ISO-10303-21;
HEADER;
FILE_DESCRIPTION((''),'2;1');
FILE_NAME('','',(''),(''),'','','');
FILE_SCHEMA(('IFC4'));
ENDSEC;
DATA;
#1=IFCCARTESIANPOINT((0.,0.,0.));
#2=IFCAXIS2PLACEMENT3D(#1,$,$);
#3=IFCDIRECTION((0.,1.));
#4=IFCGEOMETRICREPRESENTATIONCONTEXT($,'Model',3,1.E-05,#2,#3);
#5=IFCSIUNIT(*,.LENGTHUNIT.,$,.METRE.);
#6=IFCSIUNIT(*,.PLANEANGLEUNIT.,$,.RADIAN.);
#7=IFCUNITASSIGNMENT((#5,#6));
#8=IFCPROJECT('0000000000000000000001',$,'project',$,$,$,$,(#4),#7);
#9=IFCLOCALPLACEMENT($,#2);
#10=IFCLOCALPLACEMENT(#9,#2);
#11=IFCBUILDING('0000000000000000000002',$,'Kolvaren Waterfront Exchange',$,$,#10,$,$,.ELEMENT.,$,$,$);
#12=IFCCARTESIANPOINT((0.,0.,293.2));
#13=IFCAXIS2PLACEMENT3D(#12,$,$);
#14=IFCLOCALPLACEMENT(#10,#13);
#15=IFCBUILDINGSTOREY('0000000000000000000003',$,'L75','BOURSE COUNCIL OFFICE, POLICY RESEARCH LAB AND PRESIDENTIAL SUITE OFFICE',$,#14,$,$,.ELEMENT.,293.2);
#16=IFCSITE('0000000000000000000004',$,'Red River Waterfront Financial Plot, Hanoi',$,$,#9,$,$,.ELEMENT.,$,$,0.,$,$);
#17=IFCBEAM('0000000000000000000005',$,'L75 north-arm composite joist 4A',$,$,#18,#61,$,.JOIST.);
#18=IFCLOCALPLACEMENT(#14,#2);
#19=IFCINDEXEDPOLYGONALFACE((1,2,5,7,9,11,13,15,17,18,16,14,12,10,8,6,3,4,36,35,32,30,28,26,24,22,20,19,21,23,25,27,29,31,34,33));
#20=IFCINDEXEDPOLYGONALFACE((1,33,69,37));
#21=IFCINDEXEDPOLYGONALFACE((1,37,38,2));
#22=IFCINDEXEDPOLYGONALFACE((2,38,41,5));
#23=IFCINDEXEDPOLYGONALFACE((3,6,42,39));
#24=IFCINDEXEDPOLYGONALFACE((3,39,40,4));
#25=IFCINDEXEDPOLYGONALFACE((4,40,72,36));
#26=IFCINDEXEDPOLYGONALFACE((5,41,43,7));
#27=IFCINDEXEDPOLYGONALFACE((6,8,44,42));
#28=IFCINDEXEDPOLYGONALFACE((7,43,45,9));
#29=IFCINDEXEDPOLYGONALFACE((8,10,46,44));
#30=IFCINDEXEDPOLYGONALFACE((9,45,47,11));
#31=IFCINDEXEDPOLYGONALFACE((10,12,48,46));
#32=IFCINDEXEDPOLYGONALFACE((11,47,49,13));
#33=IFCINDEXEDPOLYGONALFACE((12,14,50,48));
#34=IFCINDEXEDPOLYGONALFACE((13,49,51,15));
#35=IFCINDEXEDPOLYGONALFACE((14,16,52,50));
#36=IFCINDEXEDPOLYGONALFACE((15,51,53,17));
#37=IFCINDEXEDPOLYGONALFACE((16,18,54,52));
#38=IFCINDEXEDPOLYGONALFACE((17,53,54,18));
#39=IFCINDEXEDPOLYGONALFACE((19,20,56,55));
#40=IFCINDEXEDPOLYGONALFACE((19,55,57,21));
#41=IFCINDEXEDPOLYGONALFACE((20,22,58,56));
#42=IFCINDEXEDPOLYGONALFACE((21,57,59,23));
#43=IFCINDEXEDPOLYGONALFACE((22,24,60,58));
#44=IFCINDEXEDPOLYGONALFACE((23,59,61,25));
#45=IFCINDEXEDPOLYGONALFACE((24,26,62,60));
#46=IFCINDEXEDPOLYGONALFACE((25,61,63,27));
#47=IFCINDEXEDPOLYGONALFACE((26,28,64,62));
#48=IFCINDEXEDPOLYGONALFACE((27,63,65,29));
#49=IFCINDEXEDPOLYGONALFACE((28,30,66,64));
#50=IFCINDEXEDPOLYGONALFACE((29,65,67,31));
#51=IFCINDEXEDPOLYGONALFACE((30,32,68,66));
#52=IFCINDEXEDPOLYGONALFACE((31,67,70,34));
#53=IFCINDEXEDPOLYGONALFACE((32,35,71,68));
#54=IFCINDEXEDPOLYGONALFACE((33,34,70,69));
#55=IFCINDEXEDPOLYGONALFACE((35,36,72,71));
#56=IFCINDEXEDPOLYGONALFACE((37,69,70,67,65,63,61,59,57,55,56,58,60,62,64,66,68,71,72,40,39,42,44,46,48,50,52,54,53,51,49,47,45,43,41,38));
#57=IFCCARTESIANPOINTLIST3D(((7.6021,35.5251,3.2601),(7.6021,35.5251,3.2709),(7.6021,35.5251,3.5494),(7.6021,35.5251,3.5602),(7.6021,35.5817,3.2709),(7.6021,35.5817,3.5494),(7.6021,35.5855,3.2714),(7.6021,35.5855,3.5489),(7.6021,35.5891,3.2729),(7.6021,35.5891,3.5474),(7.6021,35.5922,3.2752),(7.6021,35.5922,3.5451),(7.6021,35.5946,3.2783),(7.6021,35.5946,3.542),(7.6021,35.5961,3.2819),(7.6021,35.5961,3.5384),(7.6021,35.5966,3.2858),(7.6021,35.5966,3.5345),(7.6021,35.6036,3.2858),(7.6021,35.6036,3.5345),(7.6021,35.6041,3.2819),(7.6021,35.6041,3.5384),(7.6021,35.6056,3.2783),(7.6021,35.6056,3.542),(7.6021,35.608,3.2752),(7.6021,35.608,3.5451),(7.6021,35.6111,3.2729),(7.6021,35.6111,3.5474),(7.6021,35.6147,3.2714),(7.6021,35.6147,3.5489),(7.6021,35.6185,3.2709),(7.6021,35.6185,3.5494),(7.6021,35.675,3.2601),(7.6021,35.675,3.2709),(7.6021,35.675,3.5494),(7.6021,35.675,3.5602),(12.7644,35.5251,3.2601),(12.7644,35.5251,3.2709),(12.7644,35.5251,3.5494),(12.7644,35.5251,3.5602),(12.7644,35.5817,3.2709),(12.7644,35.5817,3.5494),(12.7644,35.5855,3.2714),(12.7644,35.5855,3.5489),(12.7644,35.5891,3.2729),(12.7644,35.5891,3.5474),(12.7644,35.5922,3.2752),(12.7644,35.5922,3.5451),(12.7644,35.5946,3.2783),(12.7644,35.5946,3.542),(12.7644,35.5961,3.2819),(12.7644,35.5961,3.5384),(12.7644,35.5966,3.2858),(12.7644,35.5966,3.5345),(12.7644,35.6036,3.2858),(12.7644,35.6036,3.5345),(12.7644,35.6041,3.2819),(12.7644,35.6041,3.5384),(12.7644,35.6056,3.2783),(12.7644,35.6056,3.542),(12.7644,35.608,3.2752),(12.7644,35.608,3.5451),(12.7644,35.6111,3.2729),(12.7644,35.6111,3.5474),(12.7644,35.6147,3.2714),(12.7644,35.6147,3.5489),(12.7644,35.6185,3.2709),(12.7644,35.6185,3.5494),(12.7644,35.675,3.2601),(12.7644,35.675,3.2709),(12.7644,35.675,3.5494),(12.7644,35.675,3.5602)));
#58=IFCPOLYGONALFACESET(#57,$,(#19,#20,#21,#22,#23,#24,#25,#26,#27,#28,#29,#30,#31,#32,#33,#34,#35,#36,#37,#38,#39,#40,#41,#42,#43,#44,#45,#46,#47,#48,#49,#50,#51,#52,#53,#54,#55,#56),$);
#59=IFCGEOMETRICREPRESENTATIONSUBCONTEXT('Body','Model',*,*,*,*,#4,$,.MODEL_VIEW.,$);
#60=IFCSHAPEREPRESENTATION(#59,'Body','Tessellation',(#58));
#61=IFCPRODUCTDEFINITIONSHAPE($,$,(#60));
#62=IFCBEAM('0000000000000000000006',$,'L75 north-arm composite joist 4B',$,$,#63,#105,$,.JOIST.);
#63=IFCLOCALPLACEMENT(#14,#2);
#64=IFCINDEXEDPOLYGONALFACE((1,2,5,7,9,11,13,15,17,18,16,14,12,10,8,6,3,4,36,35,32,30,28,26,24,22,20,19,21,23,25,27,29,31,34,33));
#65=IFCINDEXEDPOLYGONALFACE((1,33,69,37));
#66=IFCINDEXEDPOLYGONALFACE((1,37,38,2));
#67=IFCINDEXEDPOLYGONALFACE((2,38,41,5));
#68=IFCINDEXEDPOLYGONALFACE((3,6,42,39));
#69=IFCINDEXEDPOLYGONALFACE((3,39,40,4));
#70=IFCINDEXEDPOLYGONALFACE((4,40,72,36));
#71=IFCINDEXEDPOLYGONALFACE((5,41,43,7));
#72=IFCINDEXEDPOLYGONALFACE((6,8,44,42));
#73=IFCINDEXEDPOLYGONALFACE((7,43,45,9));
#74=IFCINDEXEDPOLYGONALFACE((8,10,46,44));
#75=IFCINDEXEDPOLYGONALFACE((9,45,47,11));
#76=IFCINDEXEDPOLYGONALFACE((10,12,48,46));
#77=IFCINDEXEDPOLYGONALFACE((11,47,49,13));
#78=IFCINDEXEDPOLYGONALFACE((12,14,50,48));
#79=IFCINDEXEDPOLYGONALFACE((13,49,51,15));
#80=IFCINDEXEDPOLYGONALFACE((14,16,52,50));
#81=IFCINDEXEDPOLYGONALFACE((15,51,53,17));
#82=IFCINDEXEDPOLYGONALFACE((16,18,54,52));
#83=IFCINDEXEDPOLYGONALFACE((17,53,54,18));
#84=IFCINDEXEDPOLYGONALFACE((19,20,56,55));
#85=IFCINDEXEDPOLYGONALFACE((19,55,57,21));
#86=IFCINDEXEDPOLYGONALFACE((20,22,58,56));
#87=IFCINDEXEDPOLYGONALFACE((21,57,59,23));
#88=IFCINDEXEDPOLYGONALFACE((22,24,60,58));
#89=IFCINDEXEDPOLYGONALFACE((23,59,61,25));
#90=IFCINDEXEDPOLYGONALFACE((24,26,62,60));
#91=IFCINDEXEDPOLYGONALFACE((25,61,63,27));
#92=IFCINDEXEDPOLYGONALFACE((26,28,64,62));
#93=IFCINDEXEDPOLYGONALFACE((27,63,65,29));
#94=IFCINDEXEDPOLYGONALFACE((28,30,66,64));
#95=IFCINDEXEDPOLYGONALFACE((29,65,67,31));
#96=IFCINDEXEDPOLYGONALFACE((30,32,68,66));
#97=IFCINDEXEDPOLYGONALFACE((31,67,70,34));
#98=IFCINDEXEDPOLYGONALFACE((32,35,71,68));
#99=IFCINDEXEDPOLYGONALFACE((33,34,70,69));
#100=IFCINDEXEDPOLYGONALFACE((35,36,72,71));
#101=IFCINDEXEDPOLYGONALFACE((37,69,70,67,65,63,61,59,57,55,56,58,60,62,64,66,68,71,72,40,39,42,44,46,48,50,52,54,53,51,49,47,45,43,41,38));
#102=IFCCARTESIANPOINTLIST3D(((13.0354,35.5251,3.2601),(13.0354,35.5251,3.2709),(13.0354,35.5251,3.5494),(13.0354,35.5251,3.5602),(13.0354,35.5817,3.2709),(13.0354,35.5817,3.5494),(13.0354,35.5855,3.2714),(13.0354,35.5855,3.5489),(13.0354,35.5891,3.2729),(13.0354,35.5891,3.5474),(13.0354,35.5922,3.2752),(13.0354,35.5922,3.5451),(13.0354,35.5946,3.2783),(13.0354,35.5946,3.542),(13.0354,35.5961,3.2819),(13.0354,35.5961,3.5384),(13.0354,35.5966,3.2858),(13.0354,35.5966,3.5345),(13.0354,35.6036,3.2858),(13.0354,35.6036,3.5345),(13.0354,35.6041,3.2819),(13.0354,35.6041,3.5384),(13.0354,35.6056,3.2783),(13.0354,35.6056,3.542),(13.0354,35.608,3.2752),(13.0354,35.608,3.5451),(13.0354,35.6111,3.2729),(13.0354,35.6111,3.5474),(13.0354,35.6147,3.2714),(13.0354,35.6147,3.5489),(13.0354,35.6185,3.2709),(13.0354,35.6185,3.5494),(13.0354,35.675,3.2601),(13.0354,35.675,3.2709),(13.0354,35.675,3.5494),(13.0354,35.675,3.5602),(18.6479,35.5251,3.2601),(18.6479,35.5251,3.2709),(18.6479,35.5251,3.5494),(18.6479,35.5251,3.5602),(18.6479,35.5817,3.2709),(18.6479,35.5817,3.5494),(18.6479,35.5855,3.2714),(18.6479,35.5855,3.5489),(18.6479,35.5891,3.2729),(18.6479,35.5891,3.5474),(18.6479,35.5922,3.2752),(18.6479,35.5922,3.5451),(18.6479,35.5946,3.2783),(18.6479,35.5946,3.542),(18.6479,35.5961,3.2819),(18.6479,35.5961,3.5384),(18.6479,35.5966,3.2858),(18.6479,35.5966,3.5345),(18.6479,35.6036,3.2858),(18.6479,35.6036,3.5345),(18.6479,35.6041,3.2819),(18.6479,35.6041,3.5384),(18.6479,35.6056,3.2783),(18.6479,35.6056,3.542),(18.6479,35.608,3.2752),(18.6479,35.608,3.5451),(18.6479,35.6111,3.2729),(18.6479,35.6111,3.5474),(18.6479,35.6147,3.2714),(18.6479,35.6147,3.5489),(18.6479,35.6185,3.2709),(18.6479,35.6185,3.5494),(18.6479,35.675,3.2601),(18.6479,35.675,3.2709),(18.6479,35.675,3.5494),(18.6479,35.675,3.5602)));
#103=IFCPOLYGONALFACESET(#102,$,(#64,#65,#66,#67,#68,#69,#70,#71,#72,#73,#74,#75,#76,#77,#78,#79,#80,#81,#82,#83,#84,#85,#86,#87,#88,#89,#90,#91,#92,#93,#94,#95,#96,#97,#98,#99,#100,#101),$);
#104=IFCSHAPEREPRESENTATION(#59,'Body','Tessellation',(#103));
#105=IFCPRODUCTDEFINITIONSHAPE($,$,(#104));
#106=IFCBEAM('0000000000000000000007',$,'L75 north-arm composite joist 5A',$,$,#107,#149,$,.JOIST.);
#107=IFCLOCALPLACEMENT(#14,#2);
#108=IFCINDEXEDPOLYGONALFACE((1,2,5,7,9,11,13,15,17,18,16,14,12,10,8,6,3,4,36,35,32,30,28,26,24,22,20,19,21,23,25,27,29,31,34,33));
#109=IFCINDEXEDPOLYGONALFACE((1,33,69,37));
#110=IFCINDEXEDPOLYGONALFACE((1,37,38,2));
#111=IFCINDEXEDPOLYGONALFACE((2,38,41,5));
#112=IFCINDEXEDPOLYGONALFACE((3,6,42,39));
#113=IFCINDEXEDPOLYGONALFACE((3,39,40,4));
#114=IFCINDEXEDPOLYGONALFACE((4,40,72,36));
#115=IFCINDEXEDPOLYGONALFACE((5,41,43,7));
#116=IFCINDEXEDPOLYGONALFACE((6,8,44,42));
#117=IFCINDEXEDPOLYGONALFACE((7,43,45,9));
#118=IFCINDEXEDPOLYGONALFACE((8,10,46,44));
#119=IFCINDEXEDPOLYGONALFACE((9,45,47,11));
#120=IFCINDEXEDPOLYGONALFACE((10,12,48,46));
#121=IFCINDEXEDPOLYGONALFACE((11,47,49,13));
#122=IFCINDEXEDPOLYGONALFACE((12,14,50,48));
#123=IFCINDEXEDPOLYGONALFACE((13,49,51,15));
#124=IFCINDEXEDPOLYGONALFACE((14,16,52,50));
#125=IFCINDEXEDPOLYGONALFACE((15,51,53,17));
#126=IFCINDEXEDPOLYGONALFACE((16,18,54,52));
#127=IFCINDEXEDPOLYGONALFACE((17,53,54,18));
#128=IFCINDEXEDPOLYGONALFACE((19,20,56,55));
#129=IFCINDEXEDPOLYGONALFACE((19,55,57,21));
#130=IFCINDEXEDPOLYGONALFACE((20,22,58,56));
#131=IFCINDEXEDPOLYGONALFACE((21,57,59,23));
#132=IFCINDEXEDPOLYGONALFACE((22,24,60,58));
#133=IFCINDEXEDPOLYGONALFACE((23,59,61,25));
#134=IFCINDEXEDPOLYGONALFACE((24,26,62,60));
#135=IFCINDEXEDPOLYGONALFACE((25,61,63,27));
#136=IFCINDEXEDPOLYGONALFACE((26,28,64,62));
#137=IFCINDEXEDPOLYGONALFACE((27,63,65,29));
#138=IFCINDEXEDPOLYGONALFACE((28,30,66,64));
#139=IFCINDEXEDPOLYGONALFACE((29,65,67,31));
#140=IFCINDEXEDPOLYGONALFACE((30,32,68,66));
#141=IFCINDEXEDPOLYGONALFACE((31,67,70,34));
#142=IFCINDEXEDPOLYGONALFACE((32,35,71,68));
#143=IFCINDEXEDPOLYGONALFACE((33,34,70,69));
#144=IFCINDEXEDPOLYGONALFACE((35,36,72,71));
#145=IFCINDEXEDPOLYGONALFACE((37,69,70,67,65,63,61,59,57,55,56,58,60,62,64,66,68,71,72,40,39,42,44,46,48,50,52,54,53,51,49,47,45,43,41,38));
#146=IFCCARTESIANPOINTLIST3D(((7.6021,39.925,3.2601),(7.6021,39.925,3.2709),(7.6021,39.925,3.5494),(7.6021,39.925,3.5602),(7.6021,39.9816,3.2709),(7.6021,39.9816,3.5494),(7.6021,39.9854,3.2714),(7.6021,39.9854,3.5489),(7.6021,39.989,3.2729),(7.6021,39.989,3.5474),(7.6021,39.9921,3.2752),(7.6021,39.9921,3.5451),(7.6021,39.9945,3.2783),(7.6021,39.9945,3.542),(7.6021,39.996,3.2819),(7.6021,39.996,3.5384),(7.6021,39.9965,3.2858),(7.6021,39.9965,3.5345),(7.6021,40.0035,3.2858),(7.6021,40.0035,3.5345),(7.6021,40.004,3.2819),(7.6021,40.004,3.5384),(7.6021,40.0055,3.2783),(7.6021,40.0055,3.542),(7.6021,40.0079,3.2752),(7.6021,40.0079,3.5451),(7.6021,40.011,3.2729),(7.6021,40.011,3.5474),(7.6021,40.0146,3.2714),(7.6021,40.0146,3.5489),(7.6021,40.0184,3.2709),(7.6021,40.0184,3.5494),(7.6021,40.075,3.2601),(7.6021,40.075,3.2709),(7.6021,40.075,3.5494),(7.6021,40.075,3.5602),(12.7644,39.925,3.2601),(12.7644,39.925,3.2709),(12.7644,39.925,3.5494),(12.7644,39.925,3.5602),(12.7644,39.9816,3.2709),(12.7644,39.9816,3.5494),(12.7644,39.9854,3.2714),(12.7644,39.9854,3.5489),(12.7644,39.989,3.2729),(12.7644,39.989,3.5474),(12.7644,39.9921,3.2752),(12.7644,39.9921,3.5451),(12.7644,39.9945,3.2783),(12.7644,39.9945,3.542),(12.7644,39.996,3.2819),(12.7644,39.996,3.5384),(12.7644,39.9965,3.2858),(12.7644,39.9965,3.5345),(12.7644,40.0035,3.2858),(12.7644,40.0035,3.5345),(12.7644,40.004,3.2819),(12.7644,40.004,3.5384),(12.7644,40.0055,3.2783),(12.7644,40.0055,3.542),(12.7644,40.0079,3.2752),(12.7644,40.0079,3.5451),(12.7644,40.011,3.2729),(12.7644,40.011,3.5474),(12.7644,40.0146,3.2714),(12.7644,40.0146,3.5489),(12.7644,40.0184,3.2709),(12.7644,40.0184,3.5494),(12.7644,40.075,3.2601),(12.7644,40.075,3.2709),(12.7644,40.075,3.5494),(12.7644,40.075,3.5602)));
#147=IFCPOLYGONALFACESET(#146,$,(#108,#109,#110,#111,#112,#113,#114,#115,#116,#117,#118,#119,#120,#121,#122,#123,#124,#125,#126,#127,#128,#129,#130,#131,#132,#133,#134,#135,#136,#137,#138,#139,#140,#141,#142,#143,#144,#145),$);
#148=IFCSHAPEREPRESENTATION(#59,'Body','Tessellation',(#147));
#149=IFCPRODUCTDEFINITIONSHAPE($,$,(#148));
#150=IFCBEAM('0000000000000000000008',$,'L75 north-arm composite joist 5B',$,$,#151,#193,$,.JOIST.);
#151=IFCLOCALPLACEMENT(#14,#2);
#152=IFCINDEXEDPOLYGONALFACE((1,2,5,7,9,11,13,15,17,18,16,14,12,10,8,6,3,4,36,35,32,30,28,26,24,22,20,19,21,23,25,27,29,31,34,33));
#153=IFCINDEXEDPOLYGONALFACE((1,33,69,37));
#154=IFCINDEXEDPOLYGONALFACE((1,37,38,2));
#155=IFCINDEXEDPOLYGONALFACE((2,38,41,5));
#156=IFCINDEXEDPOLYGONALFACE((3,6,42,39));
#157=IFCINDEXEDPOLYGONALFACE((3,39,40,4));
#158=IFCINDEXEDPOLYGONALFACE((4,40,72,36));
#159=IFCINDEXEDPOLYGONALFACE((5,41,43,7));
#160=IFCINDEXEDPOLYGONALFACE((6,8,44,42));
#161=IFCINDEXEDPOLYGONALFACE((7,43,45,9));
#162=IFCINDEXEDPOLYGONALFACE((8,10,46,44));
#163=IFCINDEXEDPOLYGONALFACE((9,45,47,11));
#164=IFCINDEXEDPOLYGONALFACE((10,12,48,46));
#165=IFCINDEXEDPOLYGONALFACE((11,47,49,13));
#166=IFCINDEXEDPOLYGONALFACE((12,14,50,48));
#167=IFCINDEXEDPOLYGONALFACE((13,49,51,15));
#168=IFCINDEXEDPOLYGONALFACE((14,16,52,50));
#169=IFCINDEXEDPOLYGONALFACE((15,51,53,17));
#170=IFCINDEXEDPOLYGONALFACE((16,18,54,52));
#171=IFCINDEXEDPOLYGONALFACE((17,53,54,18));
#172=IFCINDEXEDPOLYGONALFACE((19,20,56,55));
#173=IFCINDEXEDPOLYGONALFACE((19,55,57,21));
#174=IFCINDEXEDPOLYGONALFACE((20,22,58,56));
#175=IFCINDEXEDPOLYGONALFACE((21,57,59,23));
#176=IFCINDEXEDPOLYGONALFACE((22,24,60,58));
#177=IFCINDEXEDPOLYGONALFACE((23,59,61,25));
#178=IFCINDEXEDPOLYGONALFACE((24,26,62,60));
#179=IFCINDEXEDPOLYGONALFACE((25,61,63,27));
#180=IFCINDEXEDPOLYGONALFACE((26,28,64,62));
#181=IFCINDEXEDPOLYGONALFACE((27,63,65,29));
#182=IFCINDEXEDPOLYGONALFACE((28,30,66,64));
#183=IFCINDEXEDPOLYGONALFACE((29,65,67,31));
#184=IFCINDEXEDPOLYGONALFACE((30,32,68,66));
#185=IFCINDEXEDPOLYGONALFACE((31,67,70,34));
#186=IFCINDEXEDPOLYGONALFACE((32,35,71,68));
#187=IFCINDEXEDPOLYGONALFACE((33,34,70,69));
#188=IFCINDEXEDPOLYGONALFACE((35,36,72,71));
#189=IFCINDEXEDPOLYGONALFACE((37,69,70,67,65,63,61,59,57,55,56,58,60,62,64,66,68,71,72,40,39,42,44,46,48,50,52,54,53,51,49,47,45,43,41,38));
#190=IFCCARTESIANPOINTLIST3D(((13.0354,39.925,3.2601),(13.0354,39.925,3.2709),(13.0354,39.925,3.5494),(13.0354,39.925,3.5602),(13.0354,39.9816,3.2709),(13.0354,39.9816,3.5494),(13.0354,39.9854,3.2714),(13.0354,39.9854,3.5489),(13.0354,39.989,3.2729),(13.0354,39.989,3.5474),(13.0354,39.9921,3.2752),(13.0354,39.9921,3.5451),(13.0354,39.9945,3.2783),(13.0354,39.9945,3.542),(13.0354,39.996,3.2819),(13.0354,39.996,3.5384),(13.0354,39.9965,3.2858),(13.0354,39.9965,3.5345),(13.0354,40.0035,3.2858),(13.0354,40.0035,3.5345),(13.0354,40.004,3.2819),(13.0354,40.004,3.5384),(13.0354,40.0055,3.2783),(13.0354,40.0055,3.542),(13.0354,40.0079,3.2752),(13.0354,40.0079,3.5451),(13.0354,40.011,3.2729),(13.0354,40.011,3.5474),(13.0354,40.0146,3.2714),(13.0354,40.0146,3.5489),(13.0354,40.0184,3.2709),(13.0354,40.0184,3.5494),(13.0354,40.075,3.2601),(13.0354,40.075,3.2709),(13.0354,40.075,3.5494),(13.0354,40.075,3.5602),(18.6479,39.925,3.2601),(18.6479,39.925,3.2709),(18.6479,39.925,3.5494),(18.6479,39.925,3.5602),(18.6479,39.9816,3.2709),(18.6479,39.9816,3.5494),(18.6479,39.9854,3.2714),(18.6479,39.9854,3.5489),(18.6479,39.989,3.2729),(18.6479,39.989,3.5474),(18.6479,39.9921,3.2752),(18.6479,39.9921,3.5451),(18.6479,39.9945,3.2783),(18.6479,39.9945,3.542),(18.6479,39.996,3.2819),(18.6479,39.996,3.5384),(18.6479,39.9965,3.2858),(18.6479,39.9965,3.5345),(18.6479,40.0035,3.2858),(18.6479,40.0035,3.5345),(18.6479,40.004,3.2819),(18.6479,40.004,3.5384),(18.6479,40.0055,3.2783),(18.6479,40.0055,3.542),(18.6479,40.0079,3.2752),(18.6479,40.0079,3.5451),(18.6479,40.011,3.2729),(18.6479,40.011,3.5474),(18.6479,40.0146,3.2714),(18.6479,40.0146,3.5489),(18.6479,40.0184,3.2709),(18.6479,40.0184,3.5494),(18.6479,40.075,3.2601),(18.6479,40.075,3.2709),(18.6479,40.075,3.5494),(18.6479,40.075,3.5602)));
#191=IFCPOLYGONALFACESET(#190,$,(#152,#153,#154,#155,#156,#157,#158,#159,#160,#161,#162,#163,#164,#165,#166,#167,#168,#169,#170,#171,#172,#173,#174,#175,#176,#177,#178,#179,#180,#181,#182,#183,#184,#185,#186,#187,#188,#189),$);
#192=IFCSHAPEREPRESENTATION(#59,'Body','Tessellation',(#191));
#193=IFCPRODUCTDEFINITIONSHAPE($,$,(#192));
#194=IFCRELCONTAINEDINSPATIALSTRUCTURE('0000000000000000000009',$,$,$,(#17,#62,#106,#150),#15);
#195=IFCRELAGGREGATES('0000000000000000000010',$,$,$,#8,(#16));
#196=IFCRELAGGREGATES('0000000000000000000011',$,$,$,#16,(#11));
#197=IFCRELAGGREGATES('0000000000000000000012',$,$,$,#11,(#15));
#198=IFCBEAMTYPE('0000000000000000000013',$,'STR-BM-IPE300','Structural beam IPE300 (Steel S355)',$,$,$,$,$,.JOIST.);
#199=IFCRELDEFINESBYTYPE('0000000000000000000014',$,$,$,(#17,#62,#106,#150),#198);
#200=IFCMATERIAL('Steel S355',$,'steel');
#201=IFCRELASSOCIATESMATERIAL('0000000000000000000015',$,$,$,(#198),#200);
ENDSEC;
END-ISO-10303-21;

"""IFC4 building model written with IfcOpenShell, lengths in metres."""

from ifc_helpers import new_model, si_unit, direction, frame, origin, origin_2d, place, context, subcontext, project, spatial, i_section, extrude, material, material_profile, profile_set, type_object, element, save


model = new_model("IFC4")

# Units and contexts
model_context = context("Model", 3, precision=1e-05, world=origin(), true_north=direction((0.0, 1.0)))
body_context = subcontext(model_context, "Body", "Model", "MODEL_VIEW")
ifc_project = project(units=[si_unit("LENGTHUNIT", "METRE"), si_unit("PLANEANGLEUNIT", "RADIAN")], contexts=[model_context])

# Site, building, storey
site_placement = place(None, origin())
site = spatial("IfcSite", under=ifc_project, at=site_placement, Name="Red River Waterfront Financial Plot, Hanoi", CompositionType="ELEMENT", RefElevation=0.0)
building_placement = place(site_placement, origin())
building = spatial("IfcBuilding", under=site, at=building_placement, Name="Kolvaren Waterfront Exchange", CompositionType="ELEMENT")
storey_placement = place(building_placement, frame((0.0, 0.0, 293.2)))
storey = spatial("IfcBuildingStorey", under=building, at=storey_placement, Name="L75", Description="BOURSE COUNCIL OFFICE, POLICY RESEARCH LAB AND PRESIDENTIAL SUITE OFFICE", CompositionType="ELEMENT", Elevation=293.2)

# Beams
ifc_material_1 = material(Name="Steel S355", Category="steel")
ifc_material_profile_1 = material_profile(ifc_material_1, i_section(OverallWidth=0.1499, OverallDepth=0.3, WebThickness=0.0071, FlangeThickness=0.0107, FilletRadius=0.0149, at=origin_2d()), Name="IPE300")
ifc_profile_set_1 = profile_set([ifc_material_profile_1], Name="Steel S355")
beam_type_1 = type_object("IfcBeamType", Name="STR-BM-IPE300", Description="Structural beam IPE300 (Steel S355)", PredefinedType="JOIST", material=ifc_profile_set_1)
beam_1_placement = place(storey_placement, frame((7.6021, 35.6001, 3.4102), z_axis=(1.0, 0.0, 0.0), x_axis=(0.0, 1.0, 0.0)))
element("IfcBeam", 1, at=beam_1_placement, inside=storey, type_object=beam_type_1, Name="L75 north-arm composite joist 4A", PredefinedType="JOIST", context=body_context, shape_type="SweptSolid", body=[
    extrude(i_section(OverallWidth=0.1499, OverallDepth=0.3, WebThickness=0.0071, FlangeThickness=0.0107, FilletRadius=0.0149, at=origin_2d()), origin(), (0.0, 0.0, 1.0), 5.1624),
])
beam_2_placement = place(storey_placement, frame((13.0354, 35.6001, 3.4102), z_axis=(1.0, 0.0, 0.0), x_axis=(0.0, 1.0, 0.0)))
element("IfcBeam", 2, at=beam_2_placement, inside=storey, type_object=beam_type_1, Name="L75 north-arm composite joist 4B", PredefinedType="JOIST", context=body_context, shape_type="SweptSolid", body=[
    extrude(i_section(OverallWidth=0.1499, OverallDepth=0.3, WebThickness=0.0071, FlangeThickness=0.0107, FilletRadius=0.0149, at=origin_2d()), origin(), (0.0, 0.0, 1.0), 5.6125),
])
beam_3_placement = place(storey_placement, frame((7.6021, 40.0, 3.4102), z_axis=(1.0, 0.0, 0.0), x_axis=(0.0, 1.0, 0.0)))
element("IfcBeam", 3, at=beam_3_placement, inside=storey, type_object=beam_type_1, Name="L75 north-arm composite joist 5A", PredefinedType="JOIST", context=body_context, shape_type="SweptSolid", body=[
    extrude(i_section(OverallWidth=0.1499, OverallDepth=0.3, WebThickness=0.0071, FlangeThickness=0.0107, FilletRadius=0.0149, at=origin_2d()), origin(), (0.0, 0.0, 1.0), 5.1624),
])
beam_4_placement = place(storey_placement, frame((13.0354, 40.0, 3.4102), z_axis=(1.0, 0.0, 0.0), x_axis=(0.0, 1.0, 0.0)))
element("IfcBeam", 4, at=beam_4_placement, inside=storey, type_object=beam_type_1, Name="L75 north-arm composite joist 5B", PredefinedType="JOIST", context=body_context, shape_type="SweptSolid", body=[
    extrude(i_section(OverallWidth=0.1499, OverallDepth=0.3, WebThickness=0.0071, FlangeThickness=0.0107, FilletRadius=0.0149, at=origin_2d()), origin(), (0.0, 0.0, 1.0), 5.6125),
])

save(model, "model.ifc")
